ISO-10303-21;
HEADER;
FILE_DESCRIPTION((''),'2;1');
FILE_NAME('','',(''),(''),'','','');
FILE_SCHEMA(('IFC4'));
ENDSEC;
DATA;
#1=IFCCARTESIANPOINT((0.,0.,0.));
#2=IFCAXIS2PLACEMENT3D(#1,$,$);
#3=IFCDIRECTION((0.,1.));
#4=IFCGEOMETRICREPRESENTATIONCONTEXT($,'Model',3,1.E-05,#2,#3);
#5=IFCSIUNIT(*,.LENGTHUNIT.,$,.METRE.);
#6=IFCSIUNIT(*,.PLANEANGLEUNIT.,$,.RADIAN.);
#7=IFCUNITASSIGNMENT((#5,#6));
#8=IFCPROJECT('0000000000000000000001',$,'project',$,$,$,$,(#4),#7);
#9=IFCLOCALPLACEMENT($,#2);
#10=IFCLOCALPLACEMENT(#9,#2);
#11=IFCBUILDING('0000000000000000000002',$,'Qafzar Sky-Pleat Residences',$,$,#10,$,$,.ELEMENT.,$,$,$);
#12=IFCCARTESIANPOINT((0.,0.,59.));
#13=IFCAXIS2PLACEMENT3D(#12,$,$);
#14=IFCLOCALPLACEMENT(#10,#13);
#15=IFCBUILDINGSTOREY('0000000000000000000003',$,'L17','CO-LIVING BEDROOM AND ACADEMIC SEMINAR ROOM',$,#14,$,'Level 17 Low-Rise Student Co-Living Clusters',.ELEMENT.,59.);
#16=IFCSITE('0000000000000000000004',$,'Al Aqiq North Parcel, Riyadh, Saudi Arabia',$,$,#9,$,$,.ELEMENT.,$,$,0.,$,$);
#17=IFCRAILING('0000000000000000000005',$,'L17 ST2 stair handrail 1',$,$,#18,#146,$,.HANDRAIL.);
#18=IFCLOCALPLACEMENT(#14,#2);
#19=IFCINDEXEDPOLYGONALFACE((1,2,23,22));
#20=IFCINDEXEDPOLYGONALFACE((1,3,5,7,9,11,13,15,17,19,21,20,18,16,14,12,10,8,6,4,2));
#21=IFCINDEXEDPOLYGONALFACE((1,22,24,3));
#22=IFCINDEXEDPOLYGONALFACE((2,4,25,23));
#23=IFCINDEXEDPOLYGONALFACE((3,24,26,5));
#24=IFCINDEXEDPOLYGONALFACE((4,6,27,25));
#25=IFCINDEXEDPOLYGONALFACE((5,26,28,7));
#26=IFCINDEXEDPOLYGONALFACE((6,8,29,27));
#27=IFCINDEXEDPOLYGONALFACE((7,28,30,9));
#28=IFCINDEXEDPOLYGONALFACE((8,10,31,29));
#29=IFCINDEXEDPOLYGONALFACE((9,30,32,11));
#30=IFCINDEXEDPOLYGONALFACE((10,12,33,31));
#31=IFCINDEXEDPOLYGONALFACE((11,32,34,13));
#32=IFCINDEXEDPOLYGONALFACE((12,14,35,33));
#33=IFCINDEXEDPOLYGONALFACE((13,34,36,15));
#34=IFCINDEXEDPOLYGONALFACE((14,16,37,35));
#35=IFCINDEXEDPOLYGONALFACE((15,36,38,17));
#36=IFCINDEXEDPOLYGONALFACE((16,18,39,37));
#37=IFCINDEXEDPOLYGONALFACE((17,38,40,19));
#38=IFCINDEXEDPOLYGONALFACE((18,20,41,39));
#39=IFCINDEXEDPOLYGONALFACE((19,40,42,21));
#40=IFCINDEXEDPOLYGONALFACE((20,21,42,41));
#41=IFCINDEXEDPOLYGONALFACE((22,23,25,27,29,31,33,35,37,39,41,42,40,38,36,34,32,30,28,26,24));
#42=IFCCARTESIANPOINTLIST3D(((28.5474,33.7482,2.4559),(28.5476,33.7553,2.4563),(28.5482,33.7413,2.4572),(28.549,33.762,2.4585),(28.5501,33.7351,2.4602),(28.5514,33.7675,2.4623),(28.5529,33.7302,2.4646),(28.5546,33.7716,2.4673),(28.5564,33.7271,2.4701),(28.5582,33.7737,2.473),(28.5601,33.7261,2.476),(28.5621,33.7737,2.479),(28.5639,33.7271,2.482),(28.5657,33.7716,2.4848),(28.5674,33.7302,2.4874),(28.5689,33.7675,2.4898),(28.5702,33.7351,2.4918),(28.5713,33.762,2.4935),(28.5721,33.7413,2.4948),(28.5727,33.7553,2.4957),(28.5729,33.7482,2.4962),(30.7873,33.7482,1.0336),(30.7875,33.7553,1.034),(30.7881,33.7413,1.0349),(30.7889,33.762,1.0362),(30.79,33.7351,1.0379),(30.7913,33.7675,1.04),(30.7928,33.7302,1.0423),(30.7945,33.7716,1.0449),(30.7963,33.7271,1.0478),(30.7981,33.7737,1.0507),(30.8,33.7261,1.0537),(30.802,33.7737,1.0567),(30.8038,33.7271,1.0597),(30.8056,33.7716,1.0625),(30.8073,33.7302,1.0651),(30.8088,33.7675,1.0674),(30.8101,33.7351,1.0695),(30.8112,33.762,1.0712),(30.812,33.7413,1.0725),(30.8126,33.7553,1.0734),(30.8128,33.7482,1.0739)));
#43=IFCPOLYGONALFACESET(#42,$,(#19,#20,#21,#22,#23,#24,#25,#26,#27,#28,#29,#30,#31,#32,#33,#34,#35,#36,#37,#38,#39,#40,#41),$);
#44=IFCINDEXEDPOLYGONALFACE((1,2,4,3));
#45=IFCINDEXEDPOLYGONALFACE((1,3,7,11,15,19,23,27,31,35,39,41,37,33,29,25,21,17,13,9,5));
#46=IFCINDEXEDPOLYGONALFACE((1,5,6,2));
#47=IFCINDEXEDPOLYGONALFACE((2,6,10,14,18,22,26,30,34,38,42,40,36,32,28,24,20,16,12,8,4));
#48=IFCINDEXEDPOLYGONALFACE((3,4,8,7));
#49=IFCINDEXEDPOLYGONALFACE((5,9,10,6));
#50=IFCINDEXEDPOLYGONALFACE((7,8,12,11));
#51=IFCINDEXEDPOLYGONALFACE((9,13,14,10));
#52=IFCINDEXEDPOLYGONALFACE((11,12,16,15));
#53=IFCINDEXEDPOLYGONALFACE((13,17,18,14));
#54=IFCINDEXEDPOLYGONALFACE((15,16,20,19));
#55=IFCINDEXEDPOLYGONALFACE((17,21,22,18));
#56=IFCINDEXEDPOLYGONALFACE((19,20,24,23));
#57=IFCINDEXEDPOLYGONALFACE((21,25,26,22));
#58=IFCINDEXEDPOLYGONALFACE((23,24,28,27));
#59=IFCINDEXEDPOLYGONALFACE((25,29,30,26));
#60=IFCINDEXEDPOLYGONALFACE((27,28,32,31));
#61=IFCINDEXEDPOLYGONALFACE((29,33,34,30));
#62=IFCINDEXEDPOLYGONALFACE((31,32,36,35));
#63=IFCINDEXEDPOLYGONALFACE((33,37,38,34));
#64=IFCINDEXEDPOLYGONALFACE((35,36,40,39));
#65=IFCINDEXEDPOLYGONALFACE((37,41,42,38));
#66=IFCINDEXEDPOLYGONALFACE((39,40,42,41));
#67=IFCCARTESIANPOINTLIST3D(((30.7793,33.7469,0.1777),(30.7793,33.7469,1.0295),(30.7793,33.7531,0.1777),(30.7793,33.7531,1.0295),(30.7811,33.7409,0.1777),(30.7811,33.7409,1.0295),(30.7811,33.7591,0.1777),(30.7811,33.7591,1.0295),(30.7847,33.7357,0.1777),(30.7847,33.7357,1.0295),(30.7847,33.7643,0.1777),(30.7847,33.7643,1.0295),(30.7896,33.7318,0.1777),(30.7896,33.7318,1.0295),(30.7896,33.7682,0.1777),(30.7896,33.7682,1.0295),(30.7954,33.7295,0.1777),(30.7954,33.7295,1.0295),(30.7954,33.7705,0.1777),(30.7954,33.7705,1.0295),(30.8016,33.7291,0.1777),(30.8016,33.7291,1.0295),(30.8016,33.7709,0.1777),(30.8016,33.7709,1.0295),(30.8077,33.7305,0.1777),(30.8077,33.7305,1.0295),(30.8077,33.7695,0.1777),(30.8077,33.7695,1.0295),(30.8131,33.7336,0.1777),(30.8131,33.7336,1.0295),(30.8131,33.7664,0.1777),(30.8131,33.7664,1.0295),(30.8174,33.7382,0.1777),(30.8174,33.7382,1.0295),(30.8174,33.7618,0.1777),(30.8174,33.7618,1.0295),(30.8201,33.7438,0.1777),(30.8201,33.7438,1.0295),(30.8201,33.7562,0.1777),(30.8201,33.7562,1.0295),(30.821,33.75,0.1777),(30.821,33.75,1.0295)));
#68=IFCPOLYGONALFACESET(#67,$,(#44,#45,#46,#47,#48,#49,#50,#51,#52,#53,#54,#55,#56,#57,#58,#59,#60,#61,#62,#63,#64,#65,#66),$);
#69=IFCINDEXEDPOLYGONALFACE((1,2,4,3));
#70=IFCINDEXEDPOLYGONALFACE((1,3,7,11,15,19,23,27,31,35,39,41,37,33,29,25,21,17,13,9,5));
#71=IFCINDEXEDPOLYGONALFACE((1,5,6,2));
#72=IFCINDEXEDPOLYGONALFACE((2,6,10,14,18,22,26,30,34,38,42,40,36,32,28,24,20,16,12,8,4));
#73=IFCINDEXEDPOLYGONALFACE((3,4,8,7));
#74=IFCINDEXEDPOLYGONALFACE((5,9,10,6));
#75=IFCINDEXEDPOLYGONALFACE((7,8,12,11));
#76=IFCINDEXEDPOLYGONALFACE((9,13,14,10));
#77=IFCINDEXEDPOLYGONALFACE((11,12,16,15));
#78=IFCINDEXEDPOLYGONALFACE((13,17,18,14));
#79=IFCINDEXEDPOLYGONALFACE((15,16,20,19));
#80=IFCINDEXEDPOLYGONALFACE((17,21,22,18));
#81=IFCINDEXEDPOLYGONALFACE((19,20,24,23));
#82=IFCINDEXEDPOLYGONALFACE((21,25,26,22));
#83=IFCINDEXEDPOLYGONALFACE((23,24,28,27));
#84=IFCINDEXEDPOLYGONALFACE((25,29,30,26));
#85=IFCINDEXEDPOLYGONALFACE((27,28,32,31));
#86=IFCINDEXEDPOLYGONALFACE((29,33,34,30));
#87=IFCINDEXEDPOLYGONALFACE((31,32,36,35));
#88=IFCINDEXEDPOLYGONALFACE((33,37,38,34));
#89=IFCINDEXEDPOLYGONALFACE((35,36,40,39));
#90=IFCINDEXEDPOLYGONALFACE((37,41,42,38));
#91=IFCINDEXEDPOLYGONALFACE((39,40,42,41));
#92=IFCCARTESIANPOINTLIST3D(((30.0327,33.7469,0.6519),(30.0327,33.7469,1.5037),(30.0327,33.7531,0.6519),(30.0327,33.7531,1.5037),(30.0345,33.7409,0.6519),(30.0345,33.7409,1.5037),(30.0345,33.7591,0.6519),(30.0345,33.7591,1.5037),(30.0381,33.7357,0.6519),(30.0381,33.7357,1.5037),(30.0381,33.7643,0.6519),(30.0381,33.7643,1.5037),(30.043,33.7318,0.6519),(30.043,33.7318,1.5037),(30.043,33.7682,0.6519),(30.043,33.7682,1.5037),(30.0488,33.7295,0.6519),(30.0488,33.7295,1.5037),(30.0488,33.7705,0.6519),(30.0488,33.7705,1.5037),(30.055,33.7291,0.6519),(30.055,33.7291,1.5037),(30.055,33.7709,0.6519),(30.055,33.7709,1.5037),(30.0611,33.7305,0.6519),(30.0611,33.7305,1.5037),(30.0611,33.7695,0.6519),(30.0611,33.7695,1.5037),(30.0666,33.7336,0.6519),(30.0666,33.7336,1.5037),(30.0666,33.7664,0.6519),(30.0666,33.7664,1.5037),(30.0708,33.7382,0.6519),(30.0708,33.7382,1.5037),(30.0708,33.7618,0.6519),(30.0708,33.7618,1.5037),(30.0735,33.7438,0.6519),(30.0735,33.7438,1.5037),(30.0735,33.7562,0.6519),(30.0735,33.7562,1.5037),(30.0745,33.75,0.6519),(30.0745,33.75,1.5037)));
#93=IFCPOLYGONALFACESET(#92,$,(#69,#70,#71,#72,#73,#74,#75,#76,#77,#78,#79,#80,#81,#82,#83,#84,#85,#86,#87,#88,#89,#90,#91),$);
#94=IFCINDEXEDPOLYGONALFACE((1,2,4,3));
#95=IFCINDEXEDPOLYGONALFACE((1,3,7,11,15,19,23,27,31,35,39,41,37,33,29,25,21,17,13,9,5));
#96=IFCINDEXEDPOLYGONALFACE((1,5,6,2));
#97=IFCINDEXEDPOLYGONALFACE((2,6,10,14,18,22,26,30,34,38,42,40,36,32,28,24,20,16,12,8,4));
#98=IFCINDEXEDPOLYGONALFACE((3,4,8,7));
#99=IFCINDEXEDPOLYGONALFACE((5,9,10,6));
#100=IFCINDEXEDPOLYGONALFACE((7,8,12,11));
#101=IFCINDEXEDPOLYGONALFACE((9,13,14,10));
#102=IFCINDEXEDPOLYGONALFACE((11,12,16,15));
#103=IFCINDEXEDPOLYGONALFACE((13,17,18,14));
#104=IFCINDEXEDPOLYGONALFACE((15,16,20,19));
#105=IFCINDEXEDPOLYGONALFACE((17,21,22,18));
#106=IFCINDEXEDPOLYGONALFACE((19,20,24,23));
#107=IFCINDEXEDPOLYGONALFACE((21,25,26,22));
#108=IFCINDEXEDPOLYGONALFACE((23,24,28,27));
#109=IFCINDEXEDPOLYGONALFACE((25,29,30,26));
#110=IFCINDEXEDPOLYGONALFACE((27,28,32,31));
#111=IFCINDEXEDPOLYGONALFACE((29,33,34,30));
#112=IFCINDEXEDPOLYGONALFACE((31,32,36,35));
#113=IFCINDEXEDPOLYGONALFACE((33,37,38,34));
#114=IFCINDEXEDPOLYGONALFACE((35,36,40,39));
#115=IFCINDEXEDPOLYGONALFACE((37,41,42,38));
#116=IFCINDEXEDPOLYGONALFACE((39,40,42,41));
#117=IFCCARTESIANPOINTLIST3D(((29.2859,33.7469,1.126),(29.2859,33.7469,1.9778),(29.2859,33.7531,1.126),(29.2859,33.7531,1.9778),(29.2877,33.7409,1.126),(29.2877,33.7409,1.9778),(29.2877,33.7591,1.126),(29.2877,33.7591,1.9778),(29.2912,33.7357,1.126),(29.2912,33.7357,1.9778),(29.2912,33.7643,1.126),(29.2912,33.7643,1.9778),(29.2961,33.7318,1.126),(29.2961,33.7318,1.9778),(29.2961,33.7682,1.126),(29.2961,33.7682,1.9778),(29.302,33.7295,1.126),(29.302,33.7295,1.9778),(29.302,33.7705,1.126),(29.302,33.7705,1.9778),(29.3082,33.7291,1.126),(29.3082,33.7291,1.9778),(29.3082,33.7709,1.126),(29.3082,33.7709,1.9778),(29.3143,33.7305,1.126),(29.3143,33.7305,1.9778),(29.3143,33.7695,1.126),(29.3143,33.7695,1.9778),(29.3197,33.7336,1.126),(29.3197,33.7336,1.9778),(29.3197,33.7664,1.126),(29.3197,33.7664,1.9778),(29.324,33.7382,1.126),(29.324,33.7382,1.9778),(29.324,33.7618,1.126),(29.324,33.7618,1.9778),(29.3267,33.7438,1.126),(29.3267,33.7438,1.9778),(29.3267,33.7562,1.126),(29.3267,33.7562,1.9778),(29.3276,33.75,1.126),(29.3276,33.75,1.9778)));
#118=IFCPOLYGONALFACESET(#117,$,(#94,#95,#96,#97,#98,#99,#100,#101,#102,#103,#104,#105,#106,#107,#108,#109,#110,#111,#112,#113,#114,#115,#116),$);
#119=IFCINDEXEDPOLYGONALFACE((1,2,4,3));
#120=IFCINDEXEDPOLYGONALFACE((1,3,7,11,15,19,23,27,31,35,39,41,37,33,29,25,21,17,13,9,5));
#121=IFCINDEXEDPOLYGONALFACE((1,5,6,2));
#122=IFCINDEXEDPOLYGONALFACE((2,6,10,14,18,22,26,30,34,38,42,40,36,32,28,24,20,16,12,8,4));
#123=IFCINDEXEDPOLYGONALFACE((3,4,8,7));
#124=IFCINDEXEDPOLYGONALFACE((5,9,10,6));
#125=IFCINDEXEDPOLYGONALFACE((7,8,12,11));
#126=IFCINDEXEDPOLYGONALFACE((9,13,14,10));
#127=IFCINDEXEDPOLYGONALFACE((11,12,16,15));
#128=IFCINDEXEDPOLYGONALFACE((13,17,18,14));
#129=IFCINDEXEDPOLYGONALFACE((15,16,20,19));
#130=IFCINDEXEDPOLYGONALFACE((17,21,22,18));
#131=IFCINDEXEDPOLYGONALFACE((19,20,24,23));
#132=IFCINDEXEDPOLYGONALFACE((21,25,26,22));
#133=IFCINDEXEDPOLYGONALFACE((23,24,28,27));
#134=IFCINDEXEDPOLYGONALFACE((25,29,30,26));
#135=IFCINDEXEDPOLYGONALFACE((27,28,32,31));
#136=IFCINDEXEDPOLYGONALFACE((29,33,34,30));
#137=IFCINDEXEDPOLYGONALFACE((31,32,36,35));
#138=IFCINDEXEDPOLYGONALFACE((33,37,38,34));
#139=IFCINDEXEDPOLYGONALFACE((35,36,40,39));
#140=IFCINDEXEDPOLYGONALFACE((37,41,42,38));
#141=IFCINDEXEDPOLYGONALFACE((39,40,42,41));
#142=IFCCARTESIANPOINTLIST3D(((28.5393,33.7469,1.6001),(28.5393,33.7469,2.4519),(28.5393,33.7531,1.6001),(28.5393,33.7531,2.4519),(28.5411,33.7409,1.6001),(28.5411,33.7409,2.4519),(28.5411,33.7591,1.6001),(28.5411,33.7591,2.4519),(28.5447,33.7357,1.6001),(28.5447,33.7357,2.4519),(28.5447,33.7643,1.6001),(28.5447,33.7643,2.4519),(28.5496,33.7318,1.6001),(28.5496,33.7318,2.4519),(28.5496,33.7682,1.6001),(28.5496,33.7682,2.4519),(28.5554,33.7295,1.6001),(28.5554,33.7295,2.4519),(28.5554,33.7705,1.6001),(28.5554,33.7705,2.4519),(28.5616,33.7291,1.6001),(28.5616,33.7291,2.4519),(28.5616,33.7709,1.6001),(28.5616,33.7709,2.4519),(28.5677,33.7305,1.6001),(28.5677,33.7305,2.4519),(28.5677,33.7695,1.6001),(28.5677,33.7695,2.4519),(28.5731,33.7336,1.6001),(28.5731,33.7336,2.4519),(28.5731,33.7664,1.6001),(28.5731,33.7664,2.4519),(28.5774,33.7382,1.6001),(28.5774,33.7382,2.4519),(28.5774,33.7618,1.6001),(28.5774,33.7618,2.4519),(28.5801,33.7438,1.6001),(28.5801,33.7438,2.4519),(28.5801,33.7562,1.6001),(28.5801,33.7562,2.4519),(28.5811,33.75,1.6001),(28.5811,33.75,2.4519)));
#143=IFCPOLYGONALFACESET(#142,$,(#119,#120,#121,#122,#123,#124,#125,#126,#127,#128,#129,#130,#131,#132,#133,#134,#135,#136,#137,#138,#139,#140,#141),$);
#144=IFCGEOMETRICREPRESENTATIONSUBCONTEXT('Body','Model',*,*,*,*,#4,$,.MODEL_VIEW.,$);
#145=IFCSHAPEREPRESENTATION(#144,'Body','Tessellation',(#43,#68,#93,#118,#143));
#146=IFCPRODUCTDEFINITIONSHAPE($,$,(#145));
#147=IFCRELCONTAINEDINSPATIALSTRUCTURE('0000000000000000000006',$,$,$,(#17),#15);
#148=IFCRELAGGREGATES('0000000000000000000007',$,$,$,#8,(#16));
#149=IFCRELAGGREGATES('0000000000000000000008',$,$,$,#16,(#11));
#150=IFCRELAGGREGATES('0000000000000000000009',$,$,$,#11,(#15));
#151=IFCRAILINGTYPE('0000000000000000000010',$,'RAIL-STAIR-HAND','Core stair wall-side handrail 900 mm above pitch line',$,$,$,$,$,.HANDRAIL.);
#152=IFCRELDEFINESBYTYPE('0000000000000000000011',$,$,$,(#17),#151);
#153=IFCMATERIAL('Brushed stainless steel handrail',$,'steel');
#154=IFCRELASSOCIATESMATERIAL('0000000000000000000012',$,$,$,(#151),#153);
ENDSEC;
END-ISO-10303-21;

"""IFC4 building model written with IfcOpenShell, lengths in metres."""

from ifc_helpers import new_model, si_unit, direction, frame, origin, origin_2d, place, context, subcontext, project, spatial, circle, extrude, source, transform, mapped, material, type_object, element, save


model = new_model("IFC4")

# Units and contexts
model_context = context("Model", 3, precision=1e-05, world=origin(), true_north=direction((0.0, 1.0)))
body_context = subcontext(model_context, "Body", "Model", "MODEL_VIEW")
ifc_project = project(units=[si_unit("LENGTHUNIT", "METRE"), si_unit("PLANEANGLEUNIT", "RADIAN")], contexts=[model_context])

# Site, building, storey
site_placement = place(None, origin())
site = spatial("IfcSite", under=ifc_project, at=site_placement, Name="Al Aqiq North Parcel, Riyadh, Saudi Arabia", CompositionType="ELEMENT", RefElevation=0.0)
building_placement = place(site_placement, origin())
building = spatial("IfcBuilding", under=site, at=building_placement, Name="Qafzar Sky-Pleat Residences", CompositionType="ELEMENT")
storey_placement = place(building_placement, frame((0.0, 0.0, 59.0)))
storey = spatial("IfcBuildingStorey", under=building, at=storey_placement, Name="L17", Description="CO-LIVING BEDROOM AND ACADEMIC SEMINAR ROOM", LongName="Level 17 Low-Rise Student Co-Living Clusters", CompositionType="ELEMENT", Elevation=59.0)

# Railing
ifc_material_1 = material(Name="Brushed stainless steel handrail", Category="steel")
railing_type_1 = type_object("IfcRailingType", Name="RAIL-STAIR-HAND", Description="Core stair wall-side handrail 900 mm above pitch line", PredefinedType="HANDRAIL", material=ifc_material_1)
shared_shape_1 = source(origin(), body_context, "Body", "SweptSolid", [
    extrude(circle(Radius=0.0239, at=origin_2d()), frame((0.0, 0.0, 0.876), z_axis=(-0.844188, 0.0, 0.536048), x_axis=(0.0, -1.0, 0.0)), (0.0, 0.0, 1.0), 2.6533),
    extrude(circle(Radius=0.021, at=origin_2d()), origin(), (0.0, 0.0, 1.0), 0.8518),
    extrude(circle(Radius=0.021, at=origin_2d()), frame((-0.7466, 0.0, 0.4741)), (0.0, 0.0, 1.0), 0.8518),
    extrude(circle(Radius=0.021, at=origin_2d()), frame((-1.4934, 0.0, 0.9482)), (0.0, 0.0, 1.0), 0.8518),
    extrude(circle(Radius=0.021, at=origin_2d()), frame((-2.24, 0.0, 1.4224)), (0.0, 0.0, 1.0), 0.8518),
])
railing_1_placement = place(storey_placement, frame((30.8, 33.75, 0.1777)))
element("IfcRailing", 1, at=railing_1_placement, inside=storey, type_object=railing_type_1, Name="L17 ST2 stair handrail 1", PredefinedType="HANDRAIL", context=body_context, shape_type="MappedRepresentation", body=[
    mapped(shared_shape_1, transform((0.0, 0.0, 0.0), x_axis=(1.0, 0.0, 0.0), y_axis=(0.0, 1.0, 0.0), z_axis=(0.0, 0.0, 1.0), scale=1.0)),
])

save(model, "model.ifc")
